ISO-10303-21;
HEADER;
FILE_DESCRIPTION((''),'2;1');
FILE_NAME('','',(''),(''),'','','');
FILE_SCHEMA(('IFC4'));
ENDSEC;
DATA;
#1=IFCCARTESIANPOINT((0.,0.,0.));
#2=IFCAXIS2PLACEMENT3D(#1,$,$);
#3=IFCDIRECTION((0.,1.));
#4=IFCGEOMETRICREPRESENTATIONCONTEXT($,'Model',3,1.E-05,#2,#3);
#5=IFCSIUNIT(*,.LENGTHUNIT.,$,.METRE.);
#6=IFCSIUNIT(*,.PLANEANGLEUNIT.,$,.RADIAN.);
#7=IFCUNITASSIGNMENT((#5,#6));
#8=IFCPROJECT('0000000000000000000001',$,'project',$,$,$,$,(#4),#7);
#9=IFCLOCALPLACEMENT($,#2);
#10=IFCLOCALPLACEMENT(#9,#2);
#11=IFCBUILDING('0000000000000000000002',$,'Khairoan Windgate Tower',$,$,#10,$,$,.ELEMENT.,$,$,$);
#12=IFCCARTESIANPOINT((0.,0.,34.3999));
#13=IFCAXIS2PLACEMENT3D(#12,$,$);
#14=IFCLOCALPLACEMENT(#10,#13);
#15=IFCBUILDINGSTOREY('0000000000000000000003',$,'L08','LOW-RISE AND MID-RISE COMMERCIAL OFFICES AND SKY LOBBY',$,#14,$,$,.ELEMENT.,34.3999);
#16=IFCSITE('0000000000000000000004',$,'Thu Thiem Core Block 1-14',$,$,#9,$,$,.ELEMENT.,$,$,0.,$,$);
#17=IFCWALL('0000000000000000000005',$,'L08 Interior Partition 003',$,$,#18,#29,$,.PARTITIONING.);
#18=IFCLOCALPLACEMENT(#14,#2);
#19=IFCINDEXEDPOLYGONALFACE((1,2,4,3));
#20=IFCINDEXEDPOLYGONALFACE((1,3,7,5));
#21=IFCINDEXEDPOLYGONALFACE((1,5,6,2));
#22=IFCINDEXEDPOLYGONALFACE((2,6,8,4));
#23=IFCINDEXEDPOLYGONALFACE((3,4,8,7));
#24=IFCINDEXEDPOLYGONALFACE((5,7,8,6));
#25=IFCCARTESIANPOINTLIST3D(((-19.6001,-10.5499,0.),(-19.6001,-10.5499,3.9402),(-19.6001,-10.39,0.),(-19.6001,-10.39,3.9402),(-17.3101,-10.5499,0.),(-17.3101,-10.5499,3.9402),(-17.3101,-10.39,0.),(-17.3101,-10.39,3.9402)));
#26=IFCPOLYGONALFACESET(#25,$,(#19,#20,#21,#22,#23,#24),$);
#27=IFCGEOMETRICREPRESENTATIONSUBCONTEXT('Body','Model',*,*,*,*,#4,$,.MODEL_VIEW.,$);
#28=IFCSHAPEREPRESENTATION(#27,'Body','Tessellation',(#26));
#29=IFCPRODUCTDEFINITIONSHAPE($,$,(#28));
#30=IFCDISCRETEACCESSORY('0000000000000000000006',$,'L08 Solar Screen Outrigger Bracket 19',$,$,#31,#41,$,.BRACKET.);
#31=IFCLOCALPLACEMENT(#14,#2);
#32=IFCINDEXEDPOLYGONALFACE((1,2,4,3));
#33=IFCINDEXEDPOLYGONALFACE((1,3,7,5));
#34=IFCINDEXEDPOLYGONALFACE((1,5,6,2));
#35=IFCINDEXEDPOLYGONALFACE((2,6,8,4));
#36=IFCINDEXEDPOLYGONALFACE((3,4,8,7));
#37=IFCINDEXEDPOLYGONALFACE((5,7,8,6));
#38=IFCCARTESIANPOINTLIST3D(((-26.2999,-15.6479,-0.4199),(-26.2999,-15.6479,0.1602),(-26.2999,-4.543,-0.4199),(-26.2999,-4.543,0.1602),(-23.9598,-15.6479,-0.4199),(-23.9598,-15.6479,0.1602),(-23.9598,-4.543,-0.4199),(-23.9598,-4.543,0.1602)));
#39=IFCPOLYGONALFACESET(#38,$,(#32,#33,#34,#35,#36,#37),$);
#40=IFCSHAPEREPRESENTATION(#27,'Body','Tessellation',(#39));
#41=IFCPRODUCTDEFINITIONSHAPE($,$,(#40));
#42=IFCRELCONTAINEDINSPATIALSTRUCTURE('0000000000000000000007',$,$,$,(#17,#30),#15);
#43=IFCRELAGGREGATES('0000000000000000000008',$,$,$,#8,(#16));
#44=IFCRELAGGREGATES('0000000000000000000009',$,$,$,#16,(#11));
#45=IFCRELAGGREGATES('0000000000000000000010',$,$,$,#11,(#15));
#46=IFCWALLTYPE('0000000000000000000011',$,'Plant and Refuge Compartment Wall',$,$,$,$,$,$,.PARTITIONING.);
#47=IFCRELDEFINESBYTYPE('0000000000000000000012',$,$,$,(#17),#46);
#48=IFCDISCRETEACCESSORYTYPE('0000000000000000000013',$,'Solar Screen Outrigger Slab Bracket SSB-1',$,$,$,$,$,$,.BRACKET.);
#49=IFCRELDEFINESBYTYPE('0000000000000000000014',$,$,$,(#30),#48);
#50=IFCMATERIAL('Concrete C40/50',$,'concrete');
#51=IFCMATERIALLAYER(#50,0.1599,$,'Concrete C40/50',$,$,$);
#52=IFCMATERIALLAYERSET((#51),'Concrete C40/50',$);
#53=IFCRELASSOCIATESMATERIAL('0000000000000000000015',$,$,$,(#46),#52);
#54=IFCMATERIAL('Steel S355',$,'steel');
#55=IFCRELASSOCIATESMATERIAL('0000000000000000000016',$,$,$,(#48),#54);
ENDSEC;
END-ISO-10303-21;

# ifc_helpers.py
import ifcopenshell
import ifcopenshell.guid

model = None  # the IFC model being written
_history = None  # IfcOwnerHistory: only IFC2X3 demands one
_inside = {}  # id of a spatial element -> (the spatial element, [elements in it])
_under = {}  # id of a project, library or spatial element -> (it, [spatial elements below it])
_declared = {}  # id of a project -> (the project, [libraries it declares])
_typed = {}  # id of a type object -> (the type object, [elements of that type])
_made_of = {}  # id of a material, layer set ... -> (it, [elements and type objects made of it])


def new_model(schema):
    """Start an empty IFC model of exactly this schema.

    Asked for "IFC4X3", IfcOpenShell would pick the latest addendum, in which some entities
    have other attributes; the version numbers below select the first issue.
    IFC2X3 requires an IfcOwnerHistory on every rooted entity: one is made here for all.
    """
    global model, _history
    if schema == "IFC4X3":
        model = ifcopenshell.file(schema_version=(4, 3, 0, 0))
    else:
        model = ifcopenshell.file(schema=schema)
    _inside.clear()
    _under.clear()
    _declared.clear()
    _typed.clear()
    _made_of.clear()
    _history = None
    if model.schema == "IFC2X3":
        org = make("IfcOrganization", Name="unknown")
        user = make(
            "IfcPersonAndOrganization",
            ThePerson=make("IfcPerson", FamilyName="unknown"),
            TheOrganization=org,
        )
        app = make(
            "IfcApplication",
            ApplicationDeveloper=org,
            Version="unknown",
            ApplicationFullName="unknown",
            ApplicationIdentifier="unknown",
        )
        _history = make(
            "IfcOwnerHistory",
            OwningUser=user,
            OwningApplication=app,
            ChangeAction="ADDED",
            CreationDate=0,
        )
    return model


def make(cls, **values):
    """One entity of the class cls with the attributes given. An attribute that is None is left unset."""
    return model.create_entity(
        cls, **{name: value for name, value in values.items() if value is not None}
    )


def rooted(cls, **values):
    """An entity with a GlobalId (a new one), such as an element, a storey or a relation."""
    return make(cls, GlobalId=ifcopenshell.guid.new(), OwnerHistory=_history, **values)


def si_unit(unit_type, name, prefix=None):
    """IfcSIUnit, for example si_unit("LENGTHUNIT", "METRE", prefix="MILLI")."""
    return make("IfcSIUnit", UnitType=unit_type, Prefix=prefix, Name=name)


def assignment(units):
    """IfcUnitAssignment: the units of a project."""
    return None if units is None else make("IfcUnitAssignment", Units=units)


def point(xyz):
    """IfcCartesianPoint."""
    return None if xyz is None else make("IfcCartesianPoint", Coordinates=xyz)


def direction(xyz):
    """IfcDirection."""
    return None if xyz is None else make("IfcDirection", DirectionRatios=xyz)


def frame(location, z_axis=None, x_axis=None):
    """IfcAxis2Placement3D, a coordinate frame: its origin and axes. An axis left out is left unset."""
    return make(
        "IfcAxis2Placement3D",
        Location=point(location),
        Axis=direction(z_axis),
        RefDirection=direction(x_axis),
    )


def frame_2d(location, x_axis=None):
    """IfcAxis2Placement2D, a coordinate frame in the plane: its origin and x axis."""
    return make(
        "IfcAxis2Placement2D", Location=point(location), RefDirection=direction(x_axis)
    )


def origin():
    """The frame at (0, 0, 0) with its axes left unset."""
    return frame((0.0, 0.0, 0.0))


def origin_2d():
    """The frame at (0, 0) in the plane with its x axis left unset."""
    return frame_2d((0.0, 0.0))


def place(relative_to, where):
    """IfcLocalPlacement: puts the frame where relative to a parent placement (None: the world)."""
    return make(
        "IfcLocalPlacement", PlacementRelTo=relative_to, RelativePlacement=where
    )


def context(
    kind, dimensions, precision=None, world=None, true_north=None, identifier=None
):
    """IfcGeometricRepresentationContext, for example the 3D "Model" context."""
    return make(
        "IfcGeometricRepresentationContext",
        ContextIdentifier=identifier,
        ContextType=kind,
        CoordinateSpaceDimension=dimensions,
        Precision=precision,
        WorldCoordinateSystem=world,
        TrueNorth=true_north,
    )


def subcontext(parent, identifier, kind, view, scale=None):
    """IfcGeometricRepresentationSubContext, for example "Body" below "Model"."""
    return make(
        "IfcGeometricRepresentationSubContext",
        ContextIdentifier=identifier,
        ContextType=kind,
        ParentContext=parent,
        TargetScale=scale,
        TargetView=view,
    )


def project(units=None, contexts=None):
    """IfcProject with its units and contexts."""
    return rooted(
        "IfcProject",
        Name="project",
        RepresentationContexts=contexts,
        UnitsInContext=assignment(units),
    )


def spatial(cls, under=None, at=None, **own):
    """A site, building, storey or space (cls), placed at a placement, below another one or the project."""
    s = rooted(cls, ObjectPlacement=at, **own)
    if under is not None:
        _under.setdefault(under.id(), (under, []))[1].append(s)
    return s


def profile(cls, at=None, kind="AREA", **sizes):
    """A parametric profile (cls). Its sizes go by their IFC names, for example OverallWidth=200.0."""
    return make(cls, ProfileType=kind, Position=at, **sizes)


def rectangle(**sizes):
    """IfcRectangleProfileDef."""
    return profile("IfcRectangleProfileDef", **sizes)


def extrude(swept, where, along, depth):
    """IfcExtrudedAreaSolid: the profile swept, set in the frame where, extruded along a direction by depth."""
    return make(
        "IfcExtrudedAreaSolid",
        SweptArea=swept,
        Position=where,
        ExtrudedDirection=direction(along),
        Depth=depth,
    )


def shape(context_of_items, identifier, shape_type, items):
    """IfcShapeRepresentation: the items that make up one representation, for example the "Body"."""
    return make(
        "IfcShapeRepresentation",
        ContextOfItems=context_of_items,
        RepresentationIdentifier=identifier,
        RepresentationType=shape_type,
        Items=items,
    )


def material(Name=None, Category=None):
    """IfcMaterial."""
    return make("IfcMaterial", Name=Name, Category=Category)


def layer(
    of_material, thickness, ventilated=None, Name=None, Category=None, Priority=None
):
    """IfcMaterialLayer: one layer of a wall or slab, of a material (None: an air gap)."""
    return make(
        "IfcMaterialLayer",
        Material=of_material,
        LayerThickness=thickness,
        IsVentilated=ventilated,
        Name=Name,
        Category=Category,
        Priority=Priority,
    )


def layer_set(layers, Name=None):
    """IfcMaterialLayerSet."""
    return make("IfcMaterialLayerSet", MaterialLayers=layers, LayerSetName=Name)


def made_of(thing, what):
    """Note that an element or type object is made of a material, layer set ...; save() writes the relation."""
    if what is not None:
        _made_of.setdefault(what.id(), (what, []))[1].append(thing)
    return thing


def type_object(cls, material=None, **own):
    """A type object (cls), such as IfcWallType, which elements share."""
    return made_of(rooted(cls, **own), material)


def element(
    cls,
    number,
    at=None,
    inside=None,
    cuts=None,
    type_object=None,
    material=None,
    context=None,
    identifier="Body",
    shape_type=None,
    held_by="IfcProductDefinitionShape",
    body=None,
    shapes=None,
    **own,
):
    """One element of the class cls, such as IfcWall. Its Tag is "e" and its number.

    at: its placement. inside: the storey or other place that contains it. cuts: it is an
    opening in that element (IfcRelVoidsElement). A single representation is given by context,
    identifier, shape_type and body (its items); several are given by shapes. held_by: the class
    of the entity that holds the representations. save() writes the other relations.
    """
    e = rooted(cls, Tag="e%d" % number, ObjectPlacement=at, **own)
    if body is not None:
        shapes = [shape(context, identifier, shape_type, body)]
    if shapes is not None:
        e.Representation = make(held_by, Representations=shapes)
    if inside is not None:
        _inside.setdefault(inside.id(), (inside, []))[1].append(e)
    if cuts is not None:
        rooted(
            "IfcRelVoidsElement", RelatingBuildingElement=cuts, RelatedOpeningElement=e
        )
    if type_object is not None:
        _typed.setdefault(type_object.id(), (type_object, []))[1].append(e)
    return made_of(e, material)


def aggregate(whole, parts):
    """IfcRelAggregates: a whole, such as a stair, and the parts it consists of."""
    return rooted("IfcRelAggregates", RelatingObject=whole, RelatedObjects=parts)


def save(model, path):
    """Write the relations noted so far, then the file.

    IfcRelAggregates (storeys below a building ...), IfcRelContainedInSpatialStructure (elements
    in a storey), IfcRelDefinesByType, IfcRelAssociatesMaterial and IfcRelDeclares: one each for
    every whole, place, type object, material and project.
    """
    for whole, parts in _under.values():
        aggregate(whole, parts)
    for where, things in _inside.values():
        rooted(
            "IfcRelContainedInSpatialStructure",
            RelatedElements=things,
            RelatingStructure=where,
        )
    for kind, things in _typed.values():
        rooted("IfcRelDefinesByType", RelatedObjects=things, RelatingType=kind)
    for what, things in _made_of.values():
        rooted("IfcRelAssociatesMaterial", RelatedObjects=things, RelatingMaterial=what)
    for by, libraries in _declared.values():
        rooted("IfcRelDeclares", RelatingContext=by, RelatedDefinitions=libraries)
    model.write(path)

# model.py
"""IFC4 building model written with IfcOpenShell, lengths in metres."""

from ifc_helpers import new_model, si_unit, direction, frame, frame_2d, origin, origin_2d, place, context, subcontext, project, spatial, rectangle, extrude, material, layer, layer_set, type_object, element, save


model = new_model("IFC4")

# Units and contexts
model_context = context("Model", 3, precision=1e-05, world=origin(), true_north=direction((0.0, 1.0)))
body_context = subcontext(model_context, "Body", "Model", "MODEL_VIEW")
ifc_project = project(units=[si_unit("LENGTHUNIT", "METRE"), si_unit("PLANEANGLEUNIT", "RADIAN")], contexts=[model_context])

# Site, building, storey
site_placement = place(None, origin())
site = spatial("IfcSite", under=ifc_project, at=site_placement, Name="Thu Thiem Core Block 1-14", CompositionType="ELEMENT", RefElevation=0.0)
building_placement = place(site_placement, origin())
building = spatial("IfcBuilding", under=site, at=building_placement, Name="Khairoan Windgate Tower", CompositionType="ELEMENT")
storey_placement = place(building_placement, frame((0.0, 0.0, 34.3999)))
storey = spatial("IfcBuildingStorey", under=building, at=storey_placement, Name="L08", Description="LOW-RISE AND MID-RISE COMMERCIAL OFFICES AND SKY LOBBY", CompositionType="ELEMENT", Elevation=34.3999)

# Shared definitions
ifc_material_1 = material(Name="Concrete C40/50", Category="concrete")
ifc_layer_1 = layer(ifc_material_1, 0.1599, Name="Concrete C40/50")
ifc_layer_set_1 = layer_set([ifc_layer_1], Name="Concrete C40/50")
wall_type_1 = type_object("IfcWallType", Name="Plant and Refuge Compartment Wall", PredefinedType="PARTITIONING", material=ifc_layer_set_1)

# Wall
wall_1_placement = place(storey_placement, frame((-19.6001, -10.47, 0.0), z_axis=(0.0, 0.0, 1.0), x_axis=(1.0, 0.0, 0.0)))
element("IfcWall", 1, at=wall_1_placement, inside=storey, type_object=wall_type_1, Name="L08 Interior Partition 003", PredefinedType="PARTITIONING", context=body_context, shape_type="SweptSolid", body=[
    extrude(rectangle(XDim=2.29, YDim=0.1599, at=frame_2d((1.145, 0.0))), origin(), (0.0, 0.0, 1.0), 3.9402),
])

# Discrete accessory
ifc_material_2 = material(Name="Steel S355", Category="steel")
discrete_accessory_type = type_object("IfcDiscreteAccessoryType", Name="Solar Screen Outrigger Slab Bracket SSB-1", PredefinedType="BRACKET", material=ifc_material_2)
discrete_accessory_placement = place(storey_placement, frame((-25.1299, -10.0955, -0.4199), z_axis=(0.0, 0.0, 1.0), x_axis=(0.0, 1.0, 0.0)))
element("IfcDiscreteAccessory", 2, at=discrete_accessory_placement, inside=storey, type_object=discrete_accessory_type, Name="L08 Solar Screen Outrigger Bracket 19", PredefinedType="BRACKET", context=body_context, shape_type="SweptSolid", body=[
    extrude(rectangle(XDim=11.105, YDim=2.3401, at=origin_2d()), origin(), (0.0, 0.0, 1.0), 0.5801),
])

save(model, "model.ifc")
